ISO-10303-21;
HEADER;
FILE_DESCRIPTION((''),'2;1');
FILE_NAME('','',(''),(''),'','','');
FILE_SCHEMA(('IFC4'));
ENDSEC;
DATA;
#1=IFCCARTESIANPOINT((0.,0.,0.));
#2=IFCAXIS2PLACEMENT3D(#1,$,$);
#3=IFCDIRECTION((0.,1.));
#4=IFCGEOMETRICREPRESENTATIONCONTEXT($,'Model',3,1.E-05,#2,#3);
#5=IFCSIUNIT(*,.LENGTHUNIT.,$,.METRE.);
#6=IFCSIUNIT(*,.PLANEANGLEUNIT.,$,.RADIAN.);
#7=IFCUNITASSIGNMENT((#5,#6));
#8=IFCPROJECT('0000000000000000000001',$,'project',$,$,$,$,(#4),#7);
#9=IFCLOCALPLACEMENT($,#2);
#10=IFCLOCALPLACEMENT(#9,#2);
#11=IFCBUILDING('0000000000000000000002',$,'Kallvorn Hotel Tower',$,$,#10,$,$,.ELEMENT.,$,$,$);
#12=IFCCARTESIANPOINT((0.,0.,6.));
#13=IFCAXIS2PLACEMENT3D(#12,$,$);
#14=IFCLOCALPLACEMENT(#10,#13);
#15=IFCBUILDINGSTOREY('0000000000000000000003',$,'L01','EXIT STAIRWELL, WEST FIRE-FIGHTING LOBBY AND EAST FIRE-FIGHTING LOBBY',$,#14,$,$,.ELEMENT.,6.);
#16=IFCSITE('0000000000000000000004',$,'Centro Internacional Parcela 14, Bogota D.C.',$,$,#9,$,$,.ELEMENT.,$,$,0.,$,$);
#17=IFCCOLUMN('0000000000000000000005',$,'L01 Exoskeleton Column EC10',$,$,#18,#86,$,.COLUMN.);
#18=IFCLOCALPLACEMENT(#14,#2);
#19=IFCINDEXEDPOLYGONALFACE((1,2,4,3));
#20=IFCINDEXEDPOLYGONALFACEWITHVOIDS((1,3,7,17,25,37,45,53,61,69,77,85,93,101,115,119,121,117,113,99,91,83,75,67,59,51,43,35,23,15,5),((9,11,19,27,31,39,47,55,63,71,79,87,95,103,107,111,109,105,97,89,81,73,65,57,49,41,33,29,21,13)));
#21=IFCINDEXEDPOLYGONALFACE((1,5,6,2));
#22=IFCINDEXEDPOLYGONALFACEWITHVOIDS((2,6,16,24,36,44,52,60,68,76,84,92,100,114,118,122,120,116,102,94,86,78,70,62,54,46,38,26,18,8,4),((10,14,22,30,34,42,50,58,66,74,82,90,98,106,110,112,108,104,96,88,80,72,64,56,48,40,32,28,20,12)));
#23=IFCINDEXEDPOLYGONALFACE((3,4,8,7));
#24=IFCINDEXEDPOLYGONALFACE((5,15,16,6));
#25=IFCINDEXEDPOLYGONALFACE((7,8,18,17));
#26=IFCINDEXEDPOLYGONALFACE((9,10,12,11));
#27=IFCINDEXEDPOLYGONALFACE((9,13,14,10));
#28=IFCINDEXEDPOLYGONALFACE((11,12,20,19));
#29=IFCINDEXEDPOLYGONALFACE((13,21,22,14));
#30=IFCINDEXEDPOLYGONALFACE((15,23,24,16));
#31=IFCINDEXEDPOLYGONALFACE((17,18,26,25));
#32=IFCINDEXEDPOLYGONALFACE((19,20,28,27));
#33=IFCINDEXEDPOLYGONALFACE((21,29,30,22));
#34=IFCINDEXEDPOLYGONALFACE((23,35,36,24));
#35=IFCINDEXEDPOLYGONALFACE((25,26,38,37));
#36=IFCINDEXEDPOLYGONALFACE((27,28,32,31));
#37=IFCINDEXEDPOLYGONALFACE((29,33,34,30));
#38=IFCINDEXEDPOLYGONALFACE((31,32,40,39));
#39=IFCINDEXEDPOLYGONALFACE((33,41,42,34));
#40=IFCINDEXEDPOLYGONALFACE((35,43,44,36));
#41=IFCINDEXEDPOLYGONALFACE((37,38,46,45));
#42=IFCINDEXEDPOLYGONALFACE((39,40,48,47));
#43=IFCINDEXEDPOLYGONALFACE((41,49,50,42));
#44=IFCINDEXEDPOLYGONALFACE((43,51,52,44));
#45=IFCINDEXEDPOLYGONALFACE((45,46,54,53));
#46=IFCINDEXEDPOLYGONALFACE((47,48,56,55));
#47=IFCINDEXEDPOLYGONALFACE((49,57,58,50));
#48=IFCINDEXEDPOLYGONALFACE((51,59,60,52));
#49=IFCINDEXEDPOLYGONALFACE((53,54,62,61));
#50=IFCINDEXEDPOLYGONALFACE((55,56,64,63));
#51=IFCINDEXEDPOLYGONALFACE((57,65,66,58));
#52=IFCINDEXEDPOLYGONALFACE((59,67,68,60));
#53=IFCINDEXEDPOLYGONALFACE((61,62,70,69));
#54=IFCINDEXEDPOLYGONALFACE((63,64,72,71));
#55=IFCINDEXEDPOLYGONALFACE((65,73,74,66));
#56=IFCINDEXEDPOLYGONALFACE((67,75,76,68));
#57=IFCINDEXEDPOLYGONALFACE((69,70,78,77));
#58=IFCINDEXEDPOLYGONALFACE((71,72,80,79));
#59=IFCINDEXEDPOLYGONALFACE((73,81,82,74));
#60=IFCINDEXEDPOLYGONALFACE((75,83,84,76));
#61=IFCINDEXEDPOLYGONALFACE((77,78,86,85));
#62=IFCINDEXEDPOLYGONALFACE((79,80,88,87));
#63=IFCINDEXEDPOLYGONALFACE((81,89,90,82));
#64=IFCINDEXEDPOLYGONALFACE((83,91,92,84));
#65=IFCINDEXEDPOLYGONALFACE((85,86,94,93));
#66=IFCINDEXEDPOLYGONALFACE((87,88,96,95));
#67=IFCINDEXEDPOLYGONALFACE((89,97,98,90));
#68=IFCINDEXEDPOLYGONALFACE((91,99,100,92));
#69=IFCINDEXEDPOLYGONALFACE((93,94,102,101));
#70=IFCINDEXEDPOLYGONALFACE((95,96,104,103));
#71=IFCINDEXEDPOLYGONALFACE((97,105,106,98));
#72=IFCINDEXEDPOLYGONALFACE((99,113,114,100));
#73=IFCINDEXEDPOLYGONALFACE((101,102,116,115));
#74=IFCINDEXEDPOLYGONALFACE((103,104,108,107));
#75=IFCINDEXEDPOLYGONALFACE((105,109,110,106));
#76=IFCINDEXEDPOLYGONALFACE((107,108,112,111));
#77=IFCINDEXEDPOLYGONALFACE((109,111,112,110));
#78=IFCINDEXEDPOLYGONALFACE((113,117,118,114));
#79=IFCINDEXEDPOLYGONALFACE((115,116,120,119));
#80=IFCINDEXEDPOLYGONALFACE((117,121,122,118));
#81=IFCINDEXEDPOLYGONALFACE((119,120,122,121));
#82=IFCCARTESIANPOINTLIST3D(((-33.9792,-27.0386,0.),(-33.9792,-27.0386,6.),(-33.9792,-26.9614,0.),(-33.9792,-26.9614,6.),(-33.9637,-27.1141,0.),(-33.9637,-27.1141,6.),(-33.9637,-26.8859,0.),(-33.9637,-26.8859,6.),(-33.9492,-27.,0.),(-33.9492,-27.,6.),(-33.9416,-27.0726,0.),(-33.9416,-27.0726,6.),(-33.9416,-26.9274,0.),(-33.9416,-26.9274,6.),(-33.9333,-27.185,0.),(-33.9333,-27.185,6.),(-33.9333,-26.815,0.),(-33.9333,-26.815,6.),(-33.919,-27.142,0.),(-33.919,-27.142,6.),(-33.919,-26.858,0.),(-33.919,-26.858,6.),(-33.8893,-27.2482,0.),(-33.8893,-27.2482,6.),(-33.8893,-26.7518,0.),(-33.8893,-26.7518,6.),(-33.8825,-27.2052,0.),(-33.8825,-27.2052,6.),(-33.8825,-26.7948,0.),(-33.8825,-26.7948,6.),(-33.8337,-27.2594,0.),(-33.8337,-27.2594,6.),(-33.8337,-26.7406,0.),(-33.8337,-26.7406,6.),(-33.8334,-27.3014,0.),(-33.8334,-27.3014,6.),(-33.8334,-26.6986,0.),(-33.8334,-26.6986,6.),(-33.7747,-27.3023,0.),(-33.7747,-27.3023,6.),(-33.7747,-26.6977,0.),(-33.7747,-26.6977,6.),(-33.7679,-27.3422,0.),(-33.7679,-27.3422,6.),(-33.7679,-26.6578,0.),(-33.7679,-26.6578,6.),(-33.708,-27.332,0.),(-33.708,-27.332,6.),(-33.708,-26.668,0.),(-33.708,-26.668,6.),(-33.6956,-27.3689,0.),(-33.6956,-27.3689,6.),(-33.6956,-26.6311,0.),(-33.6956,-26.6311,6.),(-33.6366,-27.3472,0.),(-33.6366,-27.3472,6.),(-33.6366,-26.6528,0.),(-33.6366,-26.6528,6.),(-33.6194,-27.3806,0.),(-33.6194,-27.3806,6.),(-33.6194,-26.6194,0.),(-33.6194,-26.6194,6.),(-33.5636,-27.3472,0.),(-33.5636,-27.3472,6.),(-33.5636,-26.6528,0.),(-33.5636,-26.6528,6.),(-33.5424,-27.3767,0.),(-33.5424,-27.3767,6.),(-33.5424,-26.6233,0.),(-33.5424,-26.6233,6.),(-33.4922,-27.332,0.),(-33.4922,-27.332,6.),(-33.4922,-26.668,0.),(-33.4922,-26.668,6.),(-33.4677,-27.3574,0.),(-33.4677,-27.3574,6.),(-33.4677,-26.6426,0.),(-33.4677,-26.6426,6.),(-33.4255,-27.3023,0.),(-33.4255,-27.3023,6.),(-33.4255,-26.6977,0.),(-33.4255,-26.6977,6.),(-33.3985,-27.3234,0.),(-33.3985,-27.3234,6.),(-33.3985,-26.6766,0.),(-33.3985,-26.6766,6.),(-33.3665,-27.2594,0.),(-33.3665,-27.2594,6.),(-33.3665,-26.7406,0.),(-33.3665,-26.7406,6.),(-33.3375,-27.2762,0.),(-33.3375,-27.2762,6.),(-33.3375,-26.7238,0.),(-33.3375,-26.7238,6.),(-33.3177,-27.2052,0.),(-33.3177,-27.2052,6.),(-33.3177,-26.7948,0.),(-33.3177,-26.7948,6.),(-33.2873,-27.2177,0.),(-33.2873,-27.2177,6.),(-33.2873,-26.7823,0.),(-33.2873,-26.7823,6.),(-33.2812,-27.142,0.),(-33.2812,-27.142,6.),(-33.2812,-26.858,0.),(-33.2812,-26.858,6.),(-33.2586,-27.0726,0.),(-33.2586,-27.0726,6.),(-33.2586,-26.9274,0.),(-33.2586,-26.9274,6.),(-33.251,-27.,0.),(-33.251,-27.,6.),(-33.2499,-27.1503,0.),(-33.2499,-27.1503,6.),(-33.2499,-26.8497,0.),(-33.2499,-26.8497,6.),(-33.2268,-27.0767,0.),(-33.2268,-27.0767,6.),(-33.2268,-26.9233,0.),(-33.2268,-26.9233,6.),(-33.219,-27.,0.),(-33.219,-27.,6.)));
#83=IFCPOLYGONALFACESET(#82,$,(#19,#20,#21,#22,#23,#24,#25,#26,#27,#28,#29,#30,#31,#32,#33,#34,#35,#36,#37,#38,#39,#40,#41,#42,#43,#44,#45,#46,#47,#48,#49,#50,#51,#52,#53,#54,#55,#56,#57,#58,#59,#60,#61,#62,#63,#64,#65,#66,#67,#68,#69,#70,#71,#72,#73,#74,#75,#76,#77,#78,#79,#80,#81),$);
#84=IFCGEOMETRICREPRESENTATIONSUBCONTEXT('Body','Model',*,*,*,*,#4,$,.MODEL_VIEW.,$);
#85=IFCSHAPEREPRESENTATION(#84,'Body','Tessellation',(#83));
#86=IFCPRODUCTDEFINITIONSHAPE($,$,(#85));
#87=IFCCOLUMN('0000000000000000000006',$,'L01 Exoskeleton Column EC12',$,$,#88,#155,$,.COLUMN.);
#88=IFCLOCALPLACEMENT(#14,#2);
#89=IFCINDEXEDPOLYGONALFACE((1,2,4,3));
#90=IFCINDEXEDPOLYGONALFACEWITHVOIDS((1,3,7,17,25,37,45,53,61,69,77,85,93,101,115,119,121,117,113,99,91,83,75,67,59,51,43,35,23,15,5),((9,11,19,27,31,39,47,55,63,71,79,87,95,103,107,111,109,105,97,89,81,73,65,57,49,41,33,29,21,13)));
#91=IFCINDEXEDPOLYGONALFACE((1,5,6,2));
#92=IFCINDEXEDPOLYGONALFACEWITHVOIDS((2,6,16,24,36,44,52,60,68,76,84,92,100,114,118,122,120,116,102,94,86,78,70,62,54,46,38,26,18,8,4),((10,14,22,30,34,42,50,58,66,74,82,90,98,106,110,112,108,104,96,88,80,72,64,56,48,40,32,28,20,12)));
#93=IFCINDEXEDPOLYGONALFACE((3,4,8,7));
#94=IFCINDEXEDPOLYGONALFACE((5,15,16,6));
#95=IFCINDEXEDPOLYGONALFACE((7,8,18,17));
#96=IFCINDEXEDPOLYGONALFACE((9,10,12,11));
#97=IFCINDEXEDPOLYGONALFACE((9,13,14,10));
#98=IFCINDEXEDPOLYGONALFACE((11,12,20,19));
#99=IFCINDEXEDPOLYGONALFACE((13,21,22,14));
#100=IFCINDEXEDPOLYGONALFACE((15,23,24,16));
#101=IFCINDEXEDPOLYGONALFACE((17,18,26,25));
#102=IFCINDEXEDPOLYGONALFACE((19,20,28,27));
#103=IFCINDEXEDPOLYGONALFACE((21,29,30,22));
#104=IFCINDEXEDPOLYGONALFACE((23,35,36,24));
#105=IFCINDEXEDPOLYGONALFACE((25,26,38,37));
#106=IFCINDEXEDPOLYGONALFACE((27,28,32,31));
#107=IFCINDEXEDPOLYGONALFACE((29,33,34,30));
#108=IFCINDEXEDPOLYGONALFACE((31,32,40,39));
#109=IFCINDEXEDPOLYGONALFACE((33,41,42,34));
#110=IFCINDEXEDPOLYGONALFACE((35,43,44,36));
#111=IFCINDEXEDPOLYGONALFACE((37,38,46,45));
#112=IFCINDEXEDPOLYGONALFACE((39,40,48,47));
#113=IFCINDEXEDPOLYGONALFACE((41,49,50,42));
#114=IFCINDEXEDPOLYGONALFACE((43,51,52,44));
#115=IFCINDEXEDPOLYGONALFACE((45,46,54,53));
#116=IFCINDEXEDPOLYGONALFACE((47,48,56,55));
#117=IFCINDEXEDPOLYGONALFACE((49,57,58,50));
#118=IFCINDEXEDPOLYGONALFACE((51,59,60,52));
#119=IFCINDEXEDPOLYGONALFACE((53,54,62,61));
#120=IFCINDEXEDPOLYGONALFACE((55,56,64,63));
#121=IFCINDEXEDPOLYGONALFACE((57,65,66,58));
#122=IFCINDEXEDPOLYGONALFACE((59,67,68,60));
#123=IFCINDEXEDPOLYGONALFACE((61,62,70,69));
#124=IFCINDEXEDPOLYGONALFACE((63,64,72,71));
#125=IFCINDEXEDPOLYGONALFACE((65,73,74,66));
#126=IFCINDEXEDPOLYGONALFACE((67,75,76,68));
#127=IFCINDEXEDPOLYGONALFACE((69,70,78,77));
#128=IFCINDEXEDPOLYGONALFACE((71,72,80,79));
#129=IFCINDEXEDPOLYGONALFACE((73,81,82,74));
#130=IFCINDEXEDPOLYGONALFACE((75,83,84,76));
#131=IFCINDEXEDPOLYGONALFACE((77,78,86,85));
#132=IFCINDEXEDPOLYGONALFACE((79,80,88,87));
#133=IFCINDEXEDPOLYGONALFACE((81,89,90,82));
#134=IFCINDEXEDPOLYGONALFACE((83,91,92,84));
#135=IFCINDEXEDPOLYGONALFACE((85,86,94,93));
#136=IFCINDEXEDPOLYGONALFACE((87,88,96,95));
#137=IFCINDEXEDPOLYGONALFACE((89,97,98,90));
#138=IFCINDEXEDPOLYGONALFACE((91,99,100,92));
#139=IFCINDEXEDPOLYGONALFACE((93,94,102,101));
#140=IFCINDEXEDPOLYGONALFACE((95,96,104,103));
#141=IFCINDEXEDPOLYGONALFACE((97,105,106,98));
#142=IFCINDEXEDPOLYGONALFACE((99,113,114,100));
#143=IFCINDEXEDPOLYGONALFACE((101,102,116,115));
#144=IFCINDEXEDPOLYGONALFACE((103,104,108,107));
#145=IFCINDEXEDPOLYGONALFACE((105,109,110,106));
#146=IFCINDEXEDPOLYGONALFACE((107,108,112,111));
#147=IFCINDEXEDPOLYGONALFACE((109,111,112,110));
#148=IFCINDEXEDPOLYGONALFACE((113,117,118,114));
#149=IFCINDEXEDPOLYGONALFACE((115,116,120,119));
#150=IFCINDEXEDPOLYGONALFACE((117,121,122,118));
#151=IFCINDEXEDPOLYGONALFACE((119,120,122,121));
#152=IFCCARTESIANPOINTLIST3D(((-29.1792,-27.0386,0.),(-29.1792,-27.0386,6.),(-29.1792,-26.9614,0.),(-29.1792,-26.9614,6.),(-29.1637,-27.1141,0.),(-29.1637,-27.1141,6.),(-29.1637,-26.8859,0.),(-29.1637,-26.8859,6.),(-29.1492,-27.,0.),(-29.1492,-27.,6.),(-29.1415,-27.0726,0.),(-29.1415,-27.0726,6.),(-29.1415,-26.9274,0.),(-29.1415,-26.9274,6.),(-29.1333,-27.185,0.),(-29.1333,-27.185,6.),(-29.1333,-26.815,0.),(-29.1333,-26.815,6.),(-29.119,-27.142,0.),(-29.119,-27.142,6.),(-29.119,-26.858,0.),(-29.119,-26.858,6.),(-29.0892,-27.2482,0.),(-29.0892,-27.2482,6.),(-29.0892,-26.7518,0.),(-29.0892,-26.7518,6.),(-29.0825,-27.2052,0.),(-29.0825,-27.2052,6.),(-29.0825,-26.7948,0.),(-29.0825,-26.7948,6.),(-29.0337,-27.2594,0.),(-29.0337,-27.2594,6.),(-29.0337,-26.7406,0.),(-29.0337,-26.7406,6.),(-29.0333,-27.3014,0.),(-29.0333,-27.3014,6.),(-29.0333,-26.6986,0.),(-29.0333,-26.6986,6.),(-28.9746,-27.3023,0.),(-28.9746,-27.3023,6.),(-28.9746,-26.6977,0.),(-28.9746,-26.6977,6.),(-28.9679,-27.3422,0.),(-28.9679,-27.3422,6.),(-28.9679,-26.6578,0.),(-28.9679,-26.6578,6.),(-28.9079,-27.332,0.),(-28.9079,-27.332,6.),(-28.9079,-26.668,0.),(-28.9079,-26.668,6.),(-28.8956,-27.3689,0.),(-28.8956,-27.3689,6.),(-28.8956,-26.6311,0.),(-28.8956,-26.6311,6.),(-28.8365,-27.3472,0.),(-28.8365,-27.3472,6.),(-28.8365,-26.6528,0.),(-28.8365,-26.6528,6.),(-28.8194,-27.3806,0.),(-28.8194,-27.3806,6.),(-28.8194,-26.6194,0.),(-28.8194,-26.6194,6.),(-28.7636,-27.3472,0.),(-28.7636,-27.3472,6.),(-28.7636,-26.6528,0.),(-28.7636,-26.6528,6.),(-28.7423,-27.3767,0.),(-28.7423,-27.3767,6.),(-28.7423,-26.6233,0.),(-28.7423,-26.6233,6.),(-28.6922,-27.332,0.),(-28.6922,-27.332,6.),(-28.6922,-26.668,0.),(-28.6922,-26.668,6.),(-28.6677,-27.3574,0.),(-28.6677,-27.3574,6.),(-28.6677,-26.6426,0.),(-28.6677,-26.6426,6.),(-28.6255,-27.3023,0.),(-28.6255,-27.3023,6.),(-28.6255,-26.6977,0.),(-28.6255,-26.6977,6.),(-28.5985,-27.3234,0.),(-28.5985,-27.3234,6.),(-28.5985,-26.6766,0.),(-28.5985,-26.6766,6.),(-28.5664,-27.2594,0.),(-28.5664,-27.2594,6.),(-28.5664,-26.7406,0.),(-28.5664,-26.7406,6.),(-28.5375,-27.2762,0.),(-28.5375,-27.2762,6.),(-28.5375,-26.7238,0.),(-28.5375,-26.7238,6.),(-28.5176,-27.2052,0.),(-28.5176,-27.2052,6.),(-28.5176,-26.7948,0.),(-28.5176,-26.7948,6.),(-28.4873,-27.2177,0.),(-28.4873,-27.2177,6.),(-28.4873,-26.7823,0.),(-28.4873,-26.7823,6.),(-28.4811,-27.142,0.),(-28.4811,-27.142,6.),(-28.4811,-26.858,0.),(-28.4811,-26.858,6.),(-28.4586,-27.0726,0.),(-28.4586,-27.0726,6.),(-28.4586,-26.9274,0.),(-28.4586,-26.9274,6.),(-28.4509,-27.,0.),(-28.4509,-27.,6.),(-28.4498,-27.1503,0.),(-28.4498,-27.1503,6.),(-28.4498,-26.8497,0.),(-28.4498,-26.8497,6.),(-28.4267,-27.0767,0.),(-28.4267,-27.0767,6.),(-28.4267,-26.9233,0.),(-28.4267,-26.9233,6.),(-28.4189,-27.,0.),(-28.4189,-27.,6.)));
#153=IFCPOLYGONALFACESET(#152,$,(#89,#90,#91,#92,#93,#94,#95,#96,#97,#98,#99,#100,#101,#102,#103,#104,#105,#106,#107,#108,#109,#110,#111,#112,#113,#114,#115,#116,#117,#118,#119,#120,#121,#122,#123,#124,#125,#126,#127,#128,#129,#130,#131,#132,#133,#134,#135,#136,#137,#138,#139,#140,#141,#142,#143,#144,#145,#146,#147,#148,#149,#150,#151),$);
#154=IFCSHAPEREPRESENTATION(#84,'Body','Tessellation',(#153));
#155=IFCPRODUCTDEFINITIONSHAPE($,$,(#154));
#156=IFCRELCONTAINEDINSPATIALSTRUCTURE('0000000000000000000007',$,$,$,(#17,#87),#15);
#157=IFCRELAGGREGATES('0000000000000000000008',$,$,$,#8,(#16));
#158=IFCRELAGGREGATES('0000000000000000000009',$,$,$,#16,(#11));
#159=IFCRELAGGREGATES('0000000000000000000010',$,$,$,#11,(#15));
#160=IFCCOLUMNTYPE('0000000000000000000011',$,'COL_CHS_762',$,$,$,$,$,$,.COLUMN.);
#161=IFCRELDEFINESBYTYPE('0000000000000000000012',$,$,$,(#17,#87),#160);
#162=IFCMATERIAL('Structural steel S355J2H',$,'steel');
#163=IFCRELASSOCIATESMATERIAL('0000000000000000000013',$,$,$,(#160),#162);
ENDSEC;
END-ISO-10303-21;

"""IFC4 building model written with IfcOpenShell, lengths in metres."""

from ifc_helpers import new_model, si_unit, direction, frame, origin, origin_2d, place, context, subcontext, project, spatial, hollow_circle, extrude, material, material_profile, profile_set, type_object, element, save


model = new_model("IFC4")

# Units and contexts
model_context = context("Model", 3, precision=1e-05, world=origin(), true_north=direction((0.0, 1.0)))
body_context = subcontext(model_context, "Body", "Model", "MODEL_VIEW")
ifc_project = project(units=[si_unit("LENGTHUNIT", "METRE"), si_unit("PLANEANGLEUNIT", "RADIAN")], contexts=[model_context])

# Site, building, storey
site_placement = place(None, origin())
site = spatial("IfcSite", under=ifc_project, at=site_placement, Name="Centro Internacional Parcela 14, Bogota D.C.", CompositionType="ELEMENT", RefElevation=0.0)
building_placement = place(site_placement, origin())
building = spatial("IfcBuilding", under=site, at=building_placement, Name="Kallvorn Hotel Tower", CompositionType="ELEMENT")
storey_placement = place(building_placement, frame((0.0, 0.0, 6.0)))
storey = spatial("IfcBuildingStorey", under=building, at=storey_placement, Name="L01", Description="EXIT STAIRWELL, WEST FIRE-FIGHTING LOBBY AND EAST FIRE-FIGHTING LOBBY", CompositionType="ELEMENT", Elevation=6.0)

# Columns
ifc_material_1 = material(Name="Structural steel S355J2H", Category="steel")
ifc_material_profile_1 = material_profile(ifc_material_1, hollow_circle(Radius=0.3811, WallThickness=0.032, at=origin_2d()), Name="CHS 762x32")
ifc_profile_set_1 = profile_set([ifc_material_profile_1], Name="Structural steel S355J2H")
column_type_1 = type_object("IfcColumnType", Name="COL_CHS_762", PredefinedType="COLUMN", material=ifc_profile_set_1)
for number, where, z_axis, x_axis, name in (
    (1, (-33.6001, -27.0, 0.0), (0.0, 0.0, 1.0), (1.0, 0.0, 0.0), "L01 Exoskeleton Column EC10"),
    (2, (-28.8, -27.0, 0.0), (0.0, 0.0, 1.0), (1.0, 0.0, 0.0), "L01 Exoskeleton Column EC12"),
):
    element("IfcColumn", number, at=place(storey_placement, frame(where, z_axis=z_axis, x_axis=x_axis)), inside=storey, type_object=column_type_1, Name=name, PredefinedType="COLUMN", context=body_context, shape_type="SweptSolid", body=[
        extrude(hollow_circle(Radius=0.3811, WallThickness=0.032, at=origin_2d()), origin(), (0.0, 0.0, 1.0), 6.0),
    ])

save(model, "model.ifc")
